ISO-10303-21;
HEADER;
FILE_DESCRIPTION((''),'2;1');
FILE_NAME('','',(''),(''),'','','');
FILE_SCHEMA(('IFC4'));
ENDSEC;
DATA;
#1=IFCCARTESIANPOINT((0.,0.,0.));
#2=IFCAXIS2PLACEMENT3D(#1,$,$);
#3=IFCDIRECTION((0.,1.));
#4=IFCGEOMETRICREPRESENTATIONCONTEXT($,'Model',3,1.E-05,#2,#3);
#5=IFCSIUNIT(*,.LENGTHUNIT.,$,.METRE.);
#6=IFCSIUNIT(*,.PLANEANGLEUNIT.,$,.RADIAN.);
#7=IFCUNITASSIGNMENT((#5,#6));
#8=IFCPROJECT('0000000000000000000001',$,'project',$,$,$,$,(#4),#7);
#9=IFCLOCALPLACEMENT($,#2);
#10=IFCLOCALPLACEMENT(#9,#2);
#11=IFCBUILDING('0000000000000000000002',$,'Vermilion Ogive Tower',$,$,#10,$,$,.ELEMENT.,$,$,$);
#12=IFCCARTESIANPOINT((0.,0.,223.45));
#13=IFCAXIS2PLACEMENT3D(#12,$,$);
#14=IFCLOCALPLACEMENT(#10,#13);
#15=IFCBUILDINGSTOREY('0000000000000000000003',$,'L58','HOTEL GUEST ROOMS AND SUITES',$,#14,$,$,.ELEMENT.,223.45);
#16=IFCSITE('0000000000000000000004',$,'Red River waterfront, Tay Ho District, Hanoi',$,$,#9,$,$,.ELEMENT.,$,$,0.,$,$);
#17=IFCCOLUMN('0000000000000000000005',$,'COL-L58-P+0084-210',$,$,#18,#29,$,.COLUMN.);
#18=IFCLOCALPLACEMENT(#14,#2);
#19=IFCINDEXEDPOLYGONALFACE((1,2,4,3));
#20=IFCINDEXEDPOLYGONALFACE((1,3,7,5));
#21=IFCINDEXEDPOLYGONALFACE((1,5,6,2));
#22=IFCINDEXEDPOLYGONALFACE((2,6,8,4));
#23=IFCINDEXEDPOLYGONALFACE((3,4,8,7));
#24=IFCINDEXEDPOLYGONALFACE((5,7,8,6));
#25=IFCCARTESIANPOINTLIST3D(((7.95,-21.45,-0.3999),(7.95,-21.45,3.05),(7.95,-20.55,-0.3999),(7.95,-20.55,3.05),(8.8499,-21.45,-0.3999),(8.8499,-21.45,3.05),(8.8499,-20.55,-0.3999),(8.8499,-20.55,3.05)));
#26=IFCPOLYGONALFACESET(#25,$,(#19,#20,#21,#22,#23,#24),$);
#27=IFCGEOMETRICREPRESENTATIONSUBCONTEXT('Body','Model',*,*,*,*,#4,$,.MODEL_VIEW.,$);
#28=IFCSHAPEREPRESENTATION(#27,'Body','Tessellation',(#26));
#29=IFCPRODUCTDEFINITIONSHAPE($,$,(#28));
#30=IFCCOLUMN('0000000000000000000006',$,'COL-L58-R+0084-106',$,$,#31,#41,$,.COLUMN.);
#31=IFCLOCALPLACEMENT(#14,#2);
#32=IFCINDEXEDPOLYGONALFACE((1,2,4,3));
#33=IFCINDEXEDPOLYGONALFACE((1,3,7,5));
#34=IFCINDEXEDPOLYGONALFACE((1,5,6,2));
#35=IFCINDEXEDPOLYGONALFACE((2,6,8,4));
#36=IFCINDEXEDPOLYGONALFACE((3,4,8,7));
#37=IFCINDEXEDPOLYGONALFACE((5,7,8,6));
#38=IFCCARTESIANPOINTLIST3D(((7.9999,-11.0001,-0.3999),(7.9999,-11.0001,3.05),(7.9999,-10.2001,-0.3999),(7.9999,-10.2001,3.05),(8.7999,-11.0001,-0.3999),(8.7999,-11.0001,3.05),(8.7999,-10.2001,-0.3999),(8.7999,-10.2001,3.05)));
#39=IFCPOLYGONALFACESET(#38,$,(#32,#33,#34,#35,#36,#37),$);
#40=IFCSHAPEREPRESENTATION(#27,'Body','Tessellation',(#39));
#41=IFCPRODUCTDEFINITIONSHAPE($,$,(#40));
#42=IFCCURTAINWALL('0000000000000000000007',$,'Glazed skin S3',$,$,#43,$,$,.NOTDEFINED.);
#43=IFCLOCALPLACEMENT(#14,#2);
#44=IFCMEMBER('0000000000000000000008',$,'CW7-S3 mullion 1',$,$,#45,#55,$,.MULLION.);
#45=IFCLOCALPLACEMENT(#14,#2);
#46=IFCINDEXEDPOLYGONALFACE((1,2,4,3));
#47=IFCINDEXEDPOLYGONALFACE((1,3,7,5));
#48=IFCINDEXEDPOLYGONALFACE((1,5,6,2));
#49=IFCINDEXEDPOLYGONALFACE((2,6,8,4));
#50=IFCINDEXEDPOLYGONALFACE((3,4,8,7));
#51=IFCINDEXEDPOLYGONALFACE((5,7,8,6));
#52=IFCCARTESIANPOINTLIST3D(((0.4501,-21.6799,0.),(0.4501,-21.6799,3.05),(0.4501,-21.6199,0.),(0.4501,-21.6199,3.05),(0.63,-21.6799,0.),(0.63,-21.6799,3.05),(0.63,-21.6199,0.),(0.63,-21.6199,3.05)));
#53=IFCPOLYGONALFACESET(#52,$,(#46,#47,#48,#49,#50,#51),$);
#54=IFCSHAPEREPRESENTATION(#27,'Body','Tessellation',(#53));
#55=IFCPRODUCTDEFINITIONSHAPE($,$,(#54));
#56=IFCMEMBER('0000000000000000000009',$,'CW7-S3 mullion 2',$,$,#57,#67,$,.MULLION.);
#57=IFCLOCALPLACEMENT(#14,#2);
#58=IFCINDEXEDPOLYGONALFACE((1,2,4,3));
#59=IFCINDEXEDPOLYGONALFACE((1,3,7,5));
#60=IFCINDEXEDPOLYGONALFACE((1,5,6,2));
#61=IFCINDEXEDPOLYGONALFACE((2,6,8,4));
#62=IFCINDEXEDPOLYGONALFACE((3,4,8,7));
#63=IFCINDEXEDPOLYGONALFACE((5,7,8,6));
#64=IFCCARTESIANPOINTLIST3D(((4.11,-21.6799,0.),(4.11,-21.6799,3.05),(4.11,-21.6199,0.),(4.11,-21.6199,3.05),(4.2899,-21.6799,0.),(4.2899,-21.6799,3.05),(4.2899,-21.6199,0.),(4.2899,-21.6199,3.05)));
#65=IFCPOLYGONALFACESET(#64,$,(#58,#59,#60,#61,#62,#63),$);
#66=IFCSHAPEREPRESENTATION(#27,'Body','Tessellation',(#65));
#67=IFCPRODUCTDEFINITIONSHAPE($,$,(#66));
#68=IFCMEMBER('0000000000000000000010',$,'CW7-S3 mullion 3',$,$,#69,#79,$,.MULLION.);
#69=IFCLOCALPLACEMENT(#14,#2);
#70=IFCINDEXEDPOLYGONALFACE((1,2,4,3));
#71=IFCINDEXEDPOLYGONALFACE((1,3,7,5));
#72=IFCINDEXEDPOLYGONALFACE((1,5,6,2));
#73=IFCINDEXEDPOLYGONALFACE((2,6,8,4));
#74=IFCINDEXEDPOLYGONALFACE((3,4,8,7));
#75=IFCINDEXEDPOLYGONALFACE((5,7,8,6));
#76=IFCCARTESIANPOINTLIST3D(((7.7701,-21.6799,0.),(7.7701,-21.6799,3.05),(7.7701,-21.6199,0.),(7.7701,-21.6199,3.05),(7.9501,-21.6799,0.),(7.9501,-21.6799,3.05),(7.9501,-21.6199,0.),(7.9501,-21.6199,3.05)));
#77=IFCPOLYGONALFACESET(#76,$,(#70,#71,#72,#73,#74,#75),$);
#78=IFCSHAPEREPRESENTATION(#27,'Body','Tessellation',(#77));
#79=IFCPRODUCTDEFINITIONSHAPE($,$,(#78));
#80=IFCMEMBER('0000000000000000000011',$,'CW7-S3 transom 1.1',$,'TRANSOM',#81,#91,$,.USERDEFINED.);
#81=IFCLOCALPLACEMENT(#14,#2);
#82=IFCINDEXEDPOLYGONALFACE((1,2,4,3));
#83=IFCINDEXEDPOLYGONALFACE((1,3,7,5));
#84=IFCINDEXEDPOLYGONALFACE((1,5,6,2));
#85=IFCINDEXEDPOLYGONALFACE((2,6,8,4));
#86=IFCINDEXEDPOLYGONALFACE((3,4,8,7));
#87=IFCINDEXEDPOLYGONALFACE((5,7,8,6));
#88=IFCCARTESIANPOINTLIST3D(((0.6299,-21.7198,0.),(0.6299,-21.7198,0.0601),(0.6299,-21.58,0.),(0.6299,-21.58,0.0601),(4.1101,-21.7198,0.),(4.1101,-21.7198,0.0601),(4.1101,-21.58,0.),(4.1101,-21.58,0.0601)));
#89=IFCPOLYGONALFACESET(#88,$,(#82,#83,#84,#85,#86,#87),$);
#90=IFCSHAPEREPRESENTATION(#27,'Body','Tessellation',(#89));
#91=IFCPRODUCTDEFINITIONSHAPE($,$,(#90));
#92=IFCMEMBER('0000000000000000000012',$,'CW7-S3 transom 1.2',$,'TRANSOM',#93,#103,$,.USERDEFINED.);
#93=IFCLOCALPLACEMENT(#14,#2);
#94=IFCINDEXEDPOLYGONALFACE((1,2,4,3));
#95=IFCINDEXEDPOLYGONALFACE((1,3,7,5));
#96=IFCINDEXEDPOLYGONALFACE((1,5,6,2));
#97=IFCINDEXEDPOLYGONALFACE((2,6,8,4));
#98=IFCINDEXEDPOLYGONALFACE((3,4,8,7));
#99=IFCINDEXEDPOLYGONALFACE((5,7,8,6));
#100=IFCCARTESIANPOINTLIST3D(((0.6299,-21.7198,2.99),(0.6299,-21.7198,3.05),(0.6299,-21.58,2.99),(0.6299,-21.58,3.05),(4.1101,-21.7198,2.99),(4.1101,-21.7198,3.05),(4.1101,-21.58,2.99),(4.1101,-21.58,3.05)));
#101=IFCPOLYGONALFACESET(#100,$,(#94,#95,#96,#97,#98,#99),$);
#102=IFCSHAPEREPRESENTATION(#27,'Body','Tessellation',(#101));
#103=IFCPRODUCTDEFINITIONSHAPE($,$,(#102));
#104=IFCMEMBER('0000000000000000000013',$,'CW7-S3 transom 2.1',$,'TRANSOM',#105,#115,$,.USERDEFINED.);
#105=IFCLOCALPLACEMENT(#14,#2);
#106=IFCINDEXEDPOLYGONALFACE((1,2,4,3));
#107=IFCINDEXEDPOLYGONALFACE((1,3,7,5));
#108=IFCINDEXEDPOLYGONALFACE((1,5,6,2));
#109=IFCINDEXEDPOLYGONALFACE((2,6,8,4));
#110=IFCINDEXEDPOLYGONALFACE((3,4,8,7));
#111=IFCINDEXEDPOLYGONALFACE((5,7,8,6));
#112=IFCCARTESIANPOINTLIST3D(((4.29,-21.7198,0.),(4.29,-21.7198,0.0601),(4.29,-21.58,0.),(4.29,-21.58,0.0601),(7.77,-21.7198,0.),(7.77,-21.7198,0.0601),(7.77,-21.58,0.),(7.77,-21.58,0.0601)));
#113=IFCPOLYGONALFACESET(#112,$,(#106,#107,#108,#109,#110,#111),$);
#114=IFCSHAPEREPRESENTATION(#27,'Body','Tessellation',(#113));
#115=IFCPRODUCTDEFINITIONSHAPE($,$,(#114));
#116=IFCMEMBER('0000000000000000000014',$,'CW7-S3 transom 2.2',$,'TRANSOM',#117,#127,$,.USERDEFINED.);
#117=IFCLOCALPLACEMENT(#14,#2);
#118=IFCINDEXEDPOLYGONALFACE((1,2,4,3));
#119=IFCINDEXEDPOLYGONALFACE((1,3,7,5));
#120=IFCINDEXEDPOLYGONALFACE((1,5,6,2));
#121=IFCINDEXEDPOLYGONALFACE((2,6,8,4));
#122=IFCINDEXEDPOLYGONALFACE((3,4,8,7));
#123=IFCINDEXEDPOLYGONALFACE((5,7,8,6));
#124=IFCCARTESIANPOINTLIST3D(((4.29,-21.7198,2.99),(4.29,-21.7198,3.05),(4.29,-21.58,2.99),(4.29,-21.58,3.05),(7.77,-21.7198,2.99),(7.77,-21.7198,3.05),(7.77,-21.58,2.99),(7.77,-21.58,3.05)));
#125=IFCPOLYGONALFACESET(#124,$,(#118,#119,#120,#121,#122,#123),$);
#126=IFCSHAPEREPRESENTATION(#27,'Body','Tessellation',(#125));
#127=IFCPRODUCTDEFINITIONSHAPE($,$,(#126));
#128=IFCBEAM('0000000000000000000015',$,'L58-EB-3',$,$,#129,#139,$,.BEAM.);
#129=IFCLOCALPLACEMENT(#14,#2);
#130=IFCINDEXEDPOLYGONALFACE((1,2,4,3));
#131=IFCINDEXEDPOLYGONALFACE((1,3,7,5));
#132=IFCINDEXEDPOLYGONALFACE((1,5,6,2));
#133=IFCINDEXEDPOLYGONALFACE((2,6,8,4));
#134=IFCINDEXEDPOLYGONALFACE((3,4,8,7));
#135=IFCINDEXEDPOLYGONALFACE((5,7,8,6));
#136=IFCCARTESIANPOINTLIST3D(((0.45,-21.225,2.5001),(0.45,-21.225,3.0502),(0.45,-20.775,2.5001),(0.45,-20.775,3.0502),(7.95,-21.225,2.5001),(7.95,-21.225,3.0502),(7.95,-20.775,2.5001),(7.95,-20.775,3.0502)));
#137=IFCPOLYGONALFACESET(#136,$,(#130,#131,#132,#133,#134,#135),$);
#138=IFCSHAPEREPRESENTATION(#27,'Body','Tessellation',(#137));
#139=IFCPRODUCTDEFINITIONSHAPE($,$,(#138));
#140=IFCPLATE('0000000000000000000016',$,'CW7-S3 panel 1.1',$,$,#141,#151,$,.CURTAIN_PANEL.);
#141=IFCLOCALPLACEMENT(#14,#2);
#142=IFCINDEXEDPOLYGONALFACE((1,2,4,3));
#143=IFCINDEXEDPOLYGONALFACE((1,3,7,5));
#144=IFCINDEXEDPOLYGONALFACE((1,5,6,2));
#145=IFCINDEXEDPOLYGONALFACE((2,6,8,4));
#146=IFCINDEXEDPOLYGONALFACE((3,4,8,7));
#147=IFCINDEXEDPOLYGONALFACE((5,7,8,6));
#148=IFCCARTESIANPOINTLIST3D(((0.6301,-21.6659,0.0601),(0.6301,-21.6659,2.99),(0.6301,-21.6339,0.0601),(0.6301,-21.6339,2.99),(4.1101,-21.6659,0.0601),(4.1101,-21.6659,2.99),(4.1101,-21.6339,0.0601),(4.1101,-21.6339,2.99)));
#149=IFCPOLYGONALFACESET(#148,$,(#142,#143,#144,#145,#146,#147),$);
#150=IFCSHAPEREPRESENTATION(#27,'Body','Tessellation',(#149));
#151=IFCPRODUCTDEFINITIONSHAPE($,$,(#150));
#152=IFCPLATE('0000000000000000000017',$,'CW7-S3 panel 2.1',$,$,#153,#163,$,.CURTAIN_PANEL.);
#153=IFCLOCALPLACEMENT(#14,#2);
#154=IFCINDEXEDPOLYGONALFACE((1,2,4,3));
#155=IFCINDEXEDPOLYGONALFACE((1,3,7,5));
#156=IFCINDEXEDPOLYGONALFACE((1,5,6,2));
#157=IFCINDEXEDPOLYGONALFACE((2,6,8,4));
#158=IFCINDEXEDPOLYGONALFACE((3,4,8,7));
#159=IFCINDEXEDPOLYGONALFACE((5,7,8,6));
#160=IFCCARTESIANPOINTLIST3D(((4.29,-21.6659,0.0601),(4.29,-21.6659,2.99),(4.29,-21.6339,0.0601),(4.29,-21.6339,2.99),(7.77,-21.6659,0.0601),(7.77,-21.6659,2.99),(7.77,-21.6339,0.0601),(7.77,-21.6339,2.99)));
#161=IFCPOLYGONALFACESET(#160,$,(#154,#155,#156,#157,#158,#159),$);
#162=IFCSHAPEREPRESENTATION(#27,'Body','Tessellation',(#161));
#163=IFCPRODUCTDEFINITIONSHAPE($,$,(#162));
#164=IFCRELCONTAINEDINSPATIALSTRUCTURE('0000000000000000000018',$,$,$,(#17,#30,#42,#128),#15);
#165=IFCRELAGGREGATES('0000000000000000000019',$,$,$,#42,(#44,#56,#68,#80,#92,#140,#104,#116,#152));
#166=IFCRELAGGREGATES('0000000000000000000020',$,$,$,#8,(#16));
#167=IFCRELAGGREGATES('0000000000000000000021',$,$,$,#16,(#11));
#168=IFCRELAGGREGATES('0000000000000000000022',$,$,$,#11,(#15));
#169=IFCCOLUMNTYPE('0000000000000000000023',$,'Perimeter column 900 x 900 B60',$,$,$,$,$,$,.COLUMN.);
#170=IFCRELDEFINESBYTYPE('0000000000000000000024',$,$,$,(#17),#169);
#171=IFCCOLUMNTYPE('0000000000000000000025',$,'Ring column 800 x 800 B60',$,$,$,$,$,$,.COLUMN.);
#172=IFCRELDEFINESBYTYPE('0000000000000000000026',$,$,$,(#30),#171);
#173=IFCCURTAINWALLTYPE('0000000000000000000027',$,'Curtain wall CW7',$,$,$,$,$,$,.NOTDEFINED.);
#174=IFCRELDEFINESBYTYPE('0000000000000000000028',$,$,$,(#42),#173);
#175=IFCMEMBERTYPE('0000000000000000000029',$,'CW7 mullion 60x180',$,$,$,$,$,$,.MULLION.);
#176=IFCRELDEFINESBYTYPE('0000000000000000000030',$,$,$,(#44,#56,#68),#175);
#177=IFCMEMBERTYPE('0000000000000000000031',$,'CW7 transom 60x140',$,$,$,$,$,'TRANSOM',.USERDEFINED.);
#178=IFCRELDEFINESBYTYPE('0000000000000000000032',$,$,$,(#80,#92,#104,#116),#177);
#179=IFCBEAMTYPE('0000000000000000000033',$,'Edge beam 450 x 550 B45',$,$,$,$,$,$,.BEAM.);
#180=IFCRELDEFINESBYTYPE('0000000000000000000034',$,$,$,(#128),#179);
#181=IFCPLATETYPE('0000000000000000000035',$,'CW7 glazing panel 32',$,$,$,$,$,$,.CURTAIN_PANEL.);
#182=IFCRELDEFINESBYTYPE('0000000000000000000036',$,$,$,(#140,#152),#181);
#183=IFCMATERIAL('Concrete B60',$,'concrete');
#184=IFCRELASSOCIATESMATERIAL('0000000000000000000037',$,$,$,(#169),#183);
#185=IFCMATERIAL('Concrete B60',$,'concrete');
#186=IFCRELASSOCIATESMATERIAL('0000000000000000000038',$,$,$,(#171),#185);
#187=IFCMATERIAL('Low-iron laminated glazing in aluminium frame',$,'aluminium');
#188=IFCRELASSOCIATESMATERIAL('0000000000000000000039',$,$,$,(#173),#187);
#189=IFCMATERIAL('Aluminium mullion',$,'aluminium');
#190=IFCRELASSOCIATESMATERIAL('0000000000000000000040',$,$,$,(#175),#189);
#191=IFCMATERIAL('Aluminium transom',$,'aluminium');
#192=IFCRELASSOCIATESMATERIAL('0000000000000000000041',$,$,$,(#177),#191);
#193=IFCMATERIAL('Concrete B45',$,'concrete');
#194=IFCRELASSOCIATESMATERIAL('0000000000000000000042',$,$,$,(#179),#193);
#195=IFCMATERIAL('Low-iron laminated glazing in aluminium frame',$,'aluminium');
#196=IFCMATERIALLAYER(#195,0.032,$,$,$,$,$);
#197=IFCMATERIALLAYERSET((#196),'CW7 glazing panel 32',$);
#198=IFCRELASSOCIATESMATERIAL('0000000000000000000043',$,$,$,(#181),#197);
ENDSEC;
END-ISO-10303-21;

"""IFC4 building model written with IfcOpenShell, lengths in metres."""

from ifc_helpers import new_model, si_unit, direction, frame, origin, origin_2d, place, context, subcontext, project, spatial, rectangle, extrude, material, layer, layer_set, material_profile, profile_set, type_object, element, aggregate, save


model = new_model("IFC4")

# Units and contexts
model_context = context("Model", 3, precision=1e-05, world=origin(), true_north=direction((0.0, 1.0)))
body_context = subcontext(model_context, "Body", "Model", "MODEL_VIEW")
ifc_project = project(units=[si_unit("LENGTHUNIT", "METRE"), si_unit("PLANEANGLEUNIT", "RADIAN")], contexts=[model_context])

# Site, building, storey
site_placement = place(None, origin())
site = spatial("IfcSite", under=ifc_project, at=site_placement, Name="Red River waterfront, Tay Ho District, Hanoi", CompositionType="ELEMENT", RefElevation=0.0)
building_placement = place(site_placement, origin())
building = spatial("IfcBuilding", under=site, at=building_placement, Name="Vermilion Ogive Tower", CompositionType="ELEMENT")
storey_placement = place(building_placement, frame((0.0, 0.0, 223.45)))
storey = spatial("IfcBuildingStorey", under=building, at=storey_placement, Name="L58", Description="HOTEL GUEST ROOMS AND SUITES", CompositionType="ELEMENT", Elevation=223.45)

# Columns
ifc_material_1 = material(Name="Concrete B60", Category="concrete")
ifc_material_profile_1 = material_profile(ifc_material_1, rectangle(XDim=0.8999, YDim=0.8999, at=origin_2d()), Name="900 x 900")
ifc_profile_set_1 = profile_set([ifc_material_profile_1], Name="Concrete B60")
column_type_1 = type_object("IfcColumnType", Name="Perimeter column 900 x 900 B60", PredefinedType="COLUMN", material=ifc_profile_set_1)
column_1_placement = place(storey_placement, frame((8.3999, -21.0, -0.3999), z_axis=(0.0, 0.0, 1.0), x_axis=(1.0, 0.0, 0.0)))
element("IfcColumn", 1, at=column_1_placement, inside=storey, type_object=column_type_1, Name="COL-L58-P+0084-210", PredefinedType="COLUMN", context=body_context, shape_type="SweptSolid", body=[
    extrude(rectangle(XDim=0.8999, YDim=0.8999, at=origin_2d()), origin(), (0.0, 0.0, 1.0), 3.45),
])
ifc_material_2 = material(Name="Concrete B60", Category="concrete")
ifc_material_profile_2 = material_profile(ifc_material_2, rectangle(XDim=0.8, YDim=0.8, at=origin_2d()), Name="800 x 800")
ifc_profile_set_2 = profile_set([ifc_material_profile_2], Name="Concrete B60")
column_type_2 = type_object("IfcColumnType", Name="Ring column 800 x 800 B60", PredefinedType="COLUMN", material=ifc_profile_set_2)
column_2_placement = place(storey_placement, frame((8.3999, -10.6001, -0.3999), z_axis=(0.0, 0.0, 1.0), x_axis=(1.0, 0.0, 0.0)))
element("IfcColumn", 2, at=column_2_placement, inside=storey, type_object=column_type_2, Name="COL-L58-R+0084-106", PredefinedType="COLUMN", context=body_context, shape_type="SweptSolid", body=[
    extrude(rectangle(XDim=0.8, YDim=0.8, at=origin_2d()), origin(), (0.0, 0.0, 1.0), 3.45),
])

# Curtain wall, members
ifc_material_3 = material(Name="Low-iron laminated glazing in aluminium frame", Category="aluminium")
curtain_wall_type = type_object("IfcCurtainWallType", Name="Curtain wall CW7", PredefinedType="NOTDEFINED", material=ifc_material_3)
curtain_wall_placement = place(storey_placement, origin())
curtain_wall = element("IfcCurtainWall", 3, at=curtain_wall_placement, inside=storey, type_object=curtain_wall_type, Name="Glazed skin S3", PredefinedType="NOTDEFINED")
ifc_material_4 = material(Name="Aluminium mullion", Category="aluminium")
ifc_material_profile_3 = material_profile(ifc_material_4, rectangle(XDim=0.0601, YDim=0.1799, at=origin_2d()), Name="AL 60x180")
ifc_profile_set_3 = profile_set([ifc_material_profile_3], Name="Aluminium mullion")
member_type_1 = type_object("IfcMemberType", Name="CW7 mullion 60x180", PredefinedType="MULLION", material=ifc_profile_set_3)
member_1_placement = place(storey_placement, frame((0.54, -21.6499, 0.0), z_axis=(0.0, 0.0, 1.0), x_axis=(0.0, 1.0, 0.0)))
member_1 = element("IfcMember", 4, at=member_1_placement, type_object=member_type_1, Name="CW7-S3 mullion 1", PredefinedType="MULLION", context=body_context, shape_type="SweptSolid", body=[
    extrude(rectangle(XDim=0.0601, YDim=0.1799, at=origin_2d()), origin(), (0.0, 0.0, 1.0), 3.05),
])
member_2_placement = place(storey_placement, frame((4.2, -21.6499, 0.0), z_axis=(0.0, 0.0, 1.0), x_axis=(0.0, 1.0, 0.0)))
member_2 = element("IfcMember", 5, at=member_2_placement, type_object=member_type_1, Name="CW7-S3 mullion 2", PredefinedType="MULLION", context=body_context, shape_type="SweptSolid", body=[
    extrude(rectangle(XDim=0.0601, YDim=0.1799, at=origin_2d()), origin(), (0.0, 0.0, 1.0), 3.05),
])
member_3_placement = place(storey_placement, frame((7.8601, -21.6499, 0.0), z_axis=(0.0, 0.0, 1.0), x_axis=(0.0, 1.0, 0.0)))
member_3 = element("IfcMember", 6, at=member_3_placement, type_object=member_type_1, Name="CW7-S3 mullion 3", PredefinedType="MULLION", context=body_context, shape_type="SweptSolid", body=[
    extrude(rectangle(XDim=0.0601, YDim=0.1799, at=origin_2d()), origin(), (0.0, 0.0, 1.0), 3.05),
])
ifc_material_5 = material(Name="Aluminium transom", Category="aluminium")
ifc_material_profile_4 = material_profile(ifc_material_5, rectangle(XDim=0.1399, YDim=0.0601, at=origin_2d()), Name="AL 60x140")
ifc_profile_set_4 = profile_set([ifc_material_profile_4], Name="Aluminium transom")
member_type_2 = type_object("IfcMemberType", Name="CW7 transom 60x140", ElementType="TRANSOM", PredefinedType="USERDEFINED", material=ifc_profile_set_4)
member_4_placement = place(storey_placement, frame((0.6299, -21.6499, 0.03), z_axis=(1.0, 0.0, 0.0), x_axis=(0.0, 1.0, 0.0)))
member_4 = element("IfcMember", 7, at=member_4_placement, type_object=member_type_2, Name="CW7-S3 transom 1.1", ObjectType="TRANSOM", PredefinedType="USERDEFINED", context=body_context, shape_type="SweptSolid", body=[
    extrude(rectangle(XDim=0.1399, YDim=0.0601, at=origin_2d()), origin(), (0.0, 0.0, 1.0), 3.4802),
])
member_5_placement = place(storey_placement, frame((0.6299, -21.6499, 3.02), z_axis=(1.0, 0.0, 0.0), x_axis=(0.0, 1.0, 0.0)))
member_5 = element("IfcMember", 8, at=member_5_placement, type_object=member_type_2, Name="CW7-S3 transom 1.2", ObjectType="TRANSOM", PredefinedType="USERDEFINED", context=body_context, shape_type="SweptSolid", body=[
    extrude(rectangle(XDim=0.1399, YDim=0.0601, at=origin_2d()), origin(), (0.0, 0.0, 1.0), 3.4802),
])
member_6_placement = place(storey_placement, frame((4.29, -21.6499, 0.03), z_axis=(1.0, 0.0, 0.0), x_axis=(0.0, 1.0, 0.0)))
member_6 = element("IfcMember", 9, at=member_6_placement, type_object=member_type_2, Name="CW7-S3 transom 2.1", ObjectType="TRANSOM", PredefinedType="USERDEFINED", context=body_context, shape_type="SweptSolid", body=[
    extrude(rectangle(XDim=0.1399, YDim=0.0601, at=origin_2d()), origin(), (0.0, 0.0, 1.0), 3.48),
])
member_7_placement = place(storey_placement, frame((4.29, -21.6499, 3.02), z_axis=(1.0, 0.0, 0.0), x_axis=(0.0, 1.0, 0.0)))
member_7 = element("IfcMember", 10, at=member_7_placement, type_object=member_type_2, Name="CW7-S3 transom 2.2", ObjectType="TRANSOM", PredefinedType="USERDEFINED", context=body_context, shape_type="SweptSolid", body=[
    extrude(rectangle(XDim=0.1399, YDim=0.0601, at=origin_2d()), origin(), (0.0, 0.0, 1.0), 3.48),
])

# Beam
ifc_material_6 = material(Name="Concrete B45", Category="concrete")
ifc_material_profile_5 = material_profile(ifc_material_6, rectangle(XDim=0.45, YDim=0.55, at=origin_2d()), Name="450 x 550")
ifc_profile_set_5 = profile_set([ifc_material_profile_5], Name="Concrete B45")
beam_type = type_object("IfcBeamType", Name="Edge beam 450 x 550 B45", PredefinedType="BEAM", material=ifc_profile_set_5)
beam_placement = place(storey_placement, frame((0.45, -21.0, 2.7751), z_axis=(1.0, 0.0, 0.0), x_axis=(0.0, 1.0, 0.0)))
element("IfcBeam", 11, at=beam_placement, inside=storey, type_object=beam_type, Name="L58-EB-3", PredefinedType="BEAM", context=body_context, shape_type="SweptSolid", body=[
    extrude(rectangle(XDim=0.45, YDim=0.55, at=origin_2d()), origin(), (0.0, 0.0, 1.0), 7.5),
])

# Plates
ifc_material_7 = material(Name="Low-iron laminated glazing in aluminium frame", Category="aluminium")
ifc_layer_1 = layer(ifc_material_7, 0.032)
ifc_layer_set_1 = layer_set([ifc_layer_1], Name="CW7 glazing panel 32")
plate_type = type_object("IfcPlateType", Name="CW7 glazing panel 32", PredefinedType="CURTAIN_PANEL", material=ifc_layer_set_1)
plate_1_placement = place(storey_placement, frame((2.3701, -21.6499, 0.0601), z_axis=(0.0, 0.0, 1.0), x_axis=(1.0, 0.0, 0.0)))
plate_1 = element("IfcPlate", 12, at=plate_1_placement, type_object=plate_type, Name="CW7-S3 panel 1.1", PredefinedType="CURTAIN_PANEL", context=body_context, shape_type="SweptSolid", body=[
    extrude(rectangle(XDim=3.48, YDim=0.032, at=origin_2d()), origin(), (0.0, 0.0, 1.0), 2.9299),
])
plate_2_placement = place(storey_placement, frame((6.03, -21.6499, 0.0601), z_axis=(0.0, 0.0, 1.0), x_axis=(1.0, 0.0, 0.0)))
plate_2 = element("IfcPlate", 13, at=plate_2_placement, type_object=plate_type, Name="CW7-S3 panel 2.1", PredefinedType="CURTAIN_PANEL", context=body_context, shape_type="SweptSolid", body=[
    extrude(rectangle(XDim=3.48, YDim=0.032, at=origin_2d()), origin(), (0.0, 0.0, 1.0), 2.9299),
])
aggregate(curtain_wall, [member_1, member_2, member_3, member_4, member_5, plate_1, member_6, member_7, plate_2])

save(model, "model.ifc")
